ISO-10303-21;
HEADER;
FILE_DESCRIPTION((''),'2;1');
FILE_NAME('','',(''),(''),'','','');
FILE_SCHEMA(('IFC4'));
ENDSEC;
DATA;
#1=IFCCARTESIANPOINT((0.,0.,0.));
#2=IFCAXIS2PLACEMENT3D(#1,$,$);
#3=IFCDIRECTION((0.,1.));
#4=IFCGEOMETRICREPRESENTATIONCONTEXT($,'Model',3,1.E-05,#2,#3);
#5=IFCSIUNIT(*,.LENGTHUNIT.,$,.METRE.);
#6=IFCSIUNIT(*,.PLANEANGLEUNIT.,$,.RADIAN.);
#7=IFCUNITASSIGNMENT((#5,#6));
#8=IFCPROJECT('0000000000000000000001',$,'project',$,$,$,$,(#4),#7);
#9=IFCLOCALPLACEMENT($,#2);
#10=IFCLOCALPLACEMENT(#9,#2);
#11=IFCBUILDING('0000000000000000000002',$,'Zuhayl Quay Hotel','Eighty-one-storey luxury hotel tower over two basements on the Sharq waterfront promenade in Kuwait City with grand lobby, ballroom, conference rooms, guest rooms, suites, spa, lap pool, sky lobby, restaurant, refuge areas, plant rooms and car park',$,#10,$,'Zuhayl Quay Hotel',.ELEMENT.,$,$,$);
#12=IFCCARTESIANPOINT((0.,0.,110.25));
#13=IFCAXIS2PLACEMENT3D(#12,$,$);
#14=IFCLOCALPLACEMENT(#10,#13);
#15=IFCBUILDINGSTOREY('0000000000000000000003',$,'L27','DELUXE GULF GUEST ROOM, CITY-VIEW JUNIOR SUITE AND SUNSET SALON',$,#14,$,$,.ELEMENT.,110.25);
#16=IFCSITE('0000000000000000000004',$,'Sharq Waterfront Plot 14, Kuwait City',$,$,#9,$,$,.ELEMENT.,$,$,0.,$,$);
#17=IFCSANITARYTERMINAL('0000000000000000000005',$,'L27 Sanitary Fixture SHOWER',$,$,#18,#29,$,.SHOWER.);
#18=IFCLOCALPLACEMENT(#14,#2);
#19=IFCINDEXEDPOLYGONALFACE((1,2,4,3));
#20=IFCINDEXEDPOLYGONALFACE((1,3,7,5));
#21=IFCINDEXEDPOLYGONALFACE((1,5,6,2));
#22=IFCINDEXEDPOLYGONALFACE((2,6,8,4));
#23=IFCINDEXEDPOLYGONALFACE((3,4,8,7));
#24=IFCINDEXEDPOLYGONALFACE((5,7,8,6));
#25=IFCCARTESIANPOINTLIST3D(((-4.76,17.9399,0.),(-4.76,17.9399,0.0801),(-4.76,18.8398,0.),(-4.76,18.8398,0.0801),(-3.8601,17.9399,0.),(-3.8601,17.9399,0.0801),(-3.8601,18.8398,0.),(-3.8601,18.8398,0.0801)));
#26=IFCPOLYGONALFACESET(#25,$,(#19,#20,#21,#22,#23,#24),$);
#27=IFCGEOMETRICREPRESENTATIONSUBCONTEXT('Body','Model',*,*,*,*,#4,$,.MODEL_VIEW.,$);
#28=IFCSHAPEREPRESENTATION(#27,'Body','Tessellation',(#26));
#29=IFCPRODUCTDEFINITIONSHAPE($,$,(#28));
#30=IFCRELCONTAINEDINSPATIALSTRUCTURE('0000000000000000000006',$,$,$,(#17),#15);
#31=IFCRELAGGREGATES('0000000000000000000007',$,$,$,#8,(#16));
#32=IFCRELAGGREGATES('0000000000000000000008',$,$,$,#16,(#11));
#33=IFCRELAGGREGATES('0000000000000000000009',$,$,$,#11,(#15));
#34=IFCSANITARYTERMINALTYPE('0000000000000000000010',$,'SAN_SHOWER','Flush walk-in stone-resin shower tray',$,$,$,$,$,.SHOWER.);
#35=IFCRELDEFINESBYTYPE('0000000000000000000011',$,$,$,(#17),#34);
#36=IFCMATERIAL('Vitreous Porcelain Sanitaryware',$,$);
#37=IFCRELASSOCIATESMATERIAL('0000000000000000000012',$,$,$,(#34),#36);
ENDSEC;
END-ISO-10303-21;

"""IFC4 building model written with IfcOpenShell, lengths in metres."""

from ifc_helpers import new_model, si_unit, direction, frame, origin, origin_2d, place, context, subcontext, project, spatial, rectangle, extrude, material, type_object, element, save


model = new_model("IFC4")

# Units and contexts
model_context = context("Model", 3, precision=1e-05, world=origin(), true_north=direction((0.0, 1.0)))
body_context = subcontext(model_context, "Body", "Model", "MODEL_VIEW")
ifc_project = project(units=[si_unit("LENGTHUNIT", "METRE"), si_unit("PLANEANGLEUNIT", "RADIAN")], contexts=[model_context])

# Site, building, storey
site_placement = place(None, origin())
site = spatial("IfcSite", under=ifc_project, at=site_placement, Name="Sharq Waterfront Plot 14, Kuwait City", CompositionType="ELEMENT", RefElevation=0.0)
building_placement = place(site_placement, origin())
building = spatial("IfcBuilding", under=site, at=building_placement, Name="Zuhayl Quay Hotel", Description="Eighty-one-storey luxury hotel tower over two basements on the Sharq waterfront promenade in Kuwait City with grand lobby, ballroom, conference rooms, guest rooms, suites, spa, lap pool, sky lobby, restaurant, refuge areas, plant rooms and car park", LongName="Zuhayl Quay Hotel", CompositionType="ELEMENT")
storey_placement = place(building_placement, frame((0.0, 0.0, 110.25)))
storey = spatial("IfcBuildingStorey", under=building, at=storey_placement, Name="L27", Description="DELUXE GULF GUEST ROOM, CITY-VIEW JUNIOR SUITE AND SUNSET SALON", CompositionType="ELEMENT", Elevation=110.25)

# Sanitary terminal
ifc_material_1 = material(Name="Vitreous Porcelain Sanitaryware")
sanitary_terminal_type_1 = type_object("IfcSanitaryTerminalType", Name="SAN_SHOWER", Description="Flush walk-in stone-resin shower tray", PredefinedType="SHOWER", material=ifc_material_1)
for number, where, z_axis, x_axis, name in (
    (1, (-4.3101, 18.3899, 0.0), (0.0, 0.0, 1.0), (1.0, 0.0, 0.0), "L27 Sanitary Fixture SHOWER"),
):
    element("IfcSanitaryTerminal", number, at=place(storey_placement, frame(where, z_axis=z_axis, x_axis=x_axis)), inside=storey, type_object=sanitary_terminal_type_1, Name=name, PredefinedType="SHOWER", context=body_context, shape_type="SweptSolid", body=[
        extrude(rectangle(XDim=0.8999, YDim=0.8999, at=origin_2d()), origin(), (0.0, 0.0, 1.0), 0.0801),
    ])

save(model, "model.ifc")
